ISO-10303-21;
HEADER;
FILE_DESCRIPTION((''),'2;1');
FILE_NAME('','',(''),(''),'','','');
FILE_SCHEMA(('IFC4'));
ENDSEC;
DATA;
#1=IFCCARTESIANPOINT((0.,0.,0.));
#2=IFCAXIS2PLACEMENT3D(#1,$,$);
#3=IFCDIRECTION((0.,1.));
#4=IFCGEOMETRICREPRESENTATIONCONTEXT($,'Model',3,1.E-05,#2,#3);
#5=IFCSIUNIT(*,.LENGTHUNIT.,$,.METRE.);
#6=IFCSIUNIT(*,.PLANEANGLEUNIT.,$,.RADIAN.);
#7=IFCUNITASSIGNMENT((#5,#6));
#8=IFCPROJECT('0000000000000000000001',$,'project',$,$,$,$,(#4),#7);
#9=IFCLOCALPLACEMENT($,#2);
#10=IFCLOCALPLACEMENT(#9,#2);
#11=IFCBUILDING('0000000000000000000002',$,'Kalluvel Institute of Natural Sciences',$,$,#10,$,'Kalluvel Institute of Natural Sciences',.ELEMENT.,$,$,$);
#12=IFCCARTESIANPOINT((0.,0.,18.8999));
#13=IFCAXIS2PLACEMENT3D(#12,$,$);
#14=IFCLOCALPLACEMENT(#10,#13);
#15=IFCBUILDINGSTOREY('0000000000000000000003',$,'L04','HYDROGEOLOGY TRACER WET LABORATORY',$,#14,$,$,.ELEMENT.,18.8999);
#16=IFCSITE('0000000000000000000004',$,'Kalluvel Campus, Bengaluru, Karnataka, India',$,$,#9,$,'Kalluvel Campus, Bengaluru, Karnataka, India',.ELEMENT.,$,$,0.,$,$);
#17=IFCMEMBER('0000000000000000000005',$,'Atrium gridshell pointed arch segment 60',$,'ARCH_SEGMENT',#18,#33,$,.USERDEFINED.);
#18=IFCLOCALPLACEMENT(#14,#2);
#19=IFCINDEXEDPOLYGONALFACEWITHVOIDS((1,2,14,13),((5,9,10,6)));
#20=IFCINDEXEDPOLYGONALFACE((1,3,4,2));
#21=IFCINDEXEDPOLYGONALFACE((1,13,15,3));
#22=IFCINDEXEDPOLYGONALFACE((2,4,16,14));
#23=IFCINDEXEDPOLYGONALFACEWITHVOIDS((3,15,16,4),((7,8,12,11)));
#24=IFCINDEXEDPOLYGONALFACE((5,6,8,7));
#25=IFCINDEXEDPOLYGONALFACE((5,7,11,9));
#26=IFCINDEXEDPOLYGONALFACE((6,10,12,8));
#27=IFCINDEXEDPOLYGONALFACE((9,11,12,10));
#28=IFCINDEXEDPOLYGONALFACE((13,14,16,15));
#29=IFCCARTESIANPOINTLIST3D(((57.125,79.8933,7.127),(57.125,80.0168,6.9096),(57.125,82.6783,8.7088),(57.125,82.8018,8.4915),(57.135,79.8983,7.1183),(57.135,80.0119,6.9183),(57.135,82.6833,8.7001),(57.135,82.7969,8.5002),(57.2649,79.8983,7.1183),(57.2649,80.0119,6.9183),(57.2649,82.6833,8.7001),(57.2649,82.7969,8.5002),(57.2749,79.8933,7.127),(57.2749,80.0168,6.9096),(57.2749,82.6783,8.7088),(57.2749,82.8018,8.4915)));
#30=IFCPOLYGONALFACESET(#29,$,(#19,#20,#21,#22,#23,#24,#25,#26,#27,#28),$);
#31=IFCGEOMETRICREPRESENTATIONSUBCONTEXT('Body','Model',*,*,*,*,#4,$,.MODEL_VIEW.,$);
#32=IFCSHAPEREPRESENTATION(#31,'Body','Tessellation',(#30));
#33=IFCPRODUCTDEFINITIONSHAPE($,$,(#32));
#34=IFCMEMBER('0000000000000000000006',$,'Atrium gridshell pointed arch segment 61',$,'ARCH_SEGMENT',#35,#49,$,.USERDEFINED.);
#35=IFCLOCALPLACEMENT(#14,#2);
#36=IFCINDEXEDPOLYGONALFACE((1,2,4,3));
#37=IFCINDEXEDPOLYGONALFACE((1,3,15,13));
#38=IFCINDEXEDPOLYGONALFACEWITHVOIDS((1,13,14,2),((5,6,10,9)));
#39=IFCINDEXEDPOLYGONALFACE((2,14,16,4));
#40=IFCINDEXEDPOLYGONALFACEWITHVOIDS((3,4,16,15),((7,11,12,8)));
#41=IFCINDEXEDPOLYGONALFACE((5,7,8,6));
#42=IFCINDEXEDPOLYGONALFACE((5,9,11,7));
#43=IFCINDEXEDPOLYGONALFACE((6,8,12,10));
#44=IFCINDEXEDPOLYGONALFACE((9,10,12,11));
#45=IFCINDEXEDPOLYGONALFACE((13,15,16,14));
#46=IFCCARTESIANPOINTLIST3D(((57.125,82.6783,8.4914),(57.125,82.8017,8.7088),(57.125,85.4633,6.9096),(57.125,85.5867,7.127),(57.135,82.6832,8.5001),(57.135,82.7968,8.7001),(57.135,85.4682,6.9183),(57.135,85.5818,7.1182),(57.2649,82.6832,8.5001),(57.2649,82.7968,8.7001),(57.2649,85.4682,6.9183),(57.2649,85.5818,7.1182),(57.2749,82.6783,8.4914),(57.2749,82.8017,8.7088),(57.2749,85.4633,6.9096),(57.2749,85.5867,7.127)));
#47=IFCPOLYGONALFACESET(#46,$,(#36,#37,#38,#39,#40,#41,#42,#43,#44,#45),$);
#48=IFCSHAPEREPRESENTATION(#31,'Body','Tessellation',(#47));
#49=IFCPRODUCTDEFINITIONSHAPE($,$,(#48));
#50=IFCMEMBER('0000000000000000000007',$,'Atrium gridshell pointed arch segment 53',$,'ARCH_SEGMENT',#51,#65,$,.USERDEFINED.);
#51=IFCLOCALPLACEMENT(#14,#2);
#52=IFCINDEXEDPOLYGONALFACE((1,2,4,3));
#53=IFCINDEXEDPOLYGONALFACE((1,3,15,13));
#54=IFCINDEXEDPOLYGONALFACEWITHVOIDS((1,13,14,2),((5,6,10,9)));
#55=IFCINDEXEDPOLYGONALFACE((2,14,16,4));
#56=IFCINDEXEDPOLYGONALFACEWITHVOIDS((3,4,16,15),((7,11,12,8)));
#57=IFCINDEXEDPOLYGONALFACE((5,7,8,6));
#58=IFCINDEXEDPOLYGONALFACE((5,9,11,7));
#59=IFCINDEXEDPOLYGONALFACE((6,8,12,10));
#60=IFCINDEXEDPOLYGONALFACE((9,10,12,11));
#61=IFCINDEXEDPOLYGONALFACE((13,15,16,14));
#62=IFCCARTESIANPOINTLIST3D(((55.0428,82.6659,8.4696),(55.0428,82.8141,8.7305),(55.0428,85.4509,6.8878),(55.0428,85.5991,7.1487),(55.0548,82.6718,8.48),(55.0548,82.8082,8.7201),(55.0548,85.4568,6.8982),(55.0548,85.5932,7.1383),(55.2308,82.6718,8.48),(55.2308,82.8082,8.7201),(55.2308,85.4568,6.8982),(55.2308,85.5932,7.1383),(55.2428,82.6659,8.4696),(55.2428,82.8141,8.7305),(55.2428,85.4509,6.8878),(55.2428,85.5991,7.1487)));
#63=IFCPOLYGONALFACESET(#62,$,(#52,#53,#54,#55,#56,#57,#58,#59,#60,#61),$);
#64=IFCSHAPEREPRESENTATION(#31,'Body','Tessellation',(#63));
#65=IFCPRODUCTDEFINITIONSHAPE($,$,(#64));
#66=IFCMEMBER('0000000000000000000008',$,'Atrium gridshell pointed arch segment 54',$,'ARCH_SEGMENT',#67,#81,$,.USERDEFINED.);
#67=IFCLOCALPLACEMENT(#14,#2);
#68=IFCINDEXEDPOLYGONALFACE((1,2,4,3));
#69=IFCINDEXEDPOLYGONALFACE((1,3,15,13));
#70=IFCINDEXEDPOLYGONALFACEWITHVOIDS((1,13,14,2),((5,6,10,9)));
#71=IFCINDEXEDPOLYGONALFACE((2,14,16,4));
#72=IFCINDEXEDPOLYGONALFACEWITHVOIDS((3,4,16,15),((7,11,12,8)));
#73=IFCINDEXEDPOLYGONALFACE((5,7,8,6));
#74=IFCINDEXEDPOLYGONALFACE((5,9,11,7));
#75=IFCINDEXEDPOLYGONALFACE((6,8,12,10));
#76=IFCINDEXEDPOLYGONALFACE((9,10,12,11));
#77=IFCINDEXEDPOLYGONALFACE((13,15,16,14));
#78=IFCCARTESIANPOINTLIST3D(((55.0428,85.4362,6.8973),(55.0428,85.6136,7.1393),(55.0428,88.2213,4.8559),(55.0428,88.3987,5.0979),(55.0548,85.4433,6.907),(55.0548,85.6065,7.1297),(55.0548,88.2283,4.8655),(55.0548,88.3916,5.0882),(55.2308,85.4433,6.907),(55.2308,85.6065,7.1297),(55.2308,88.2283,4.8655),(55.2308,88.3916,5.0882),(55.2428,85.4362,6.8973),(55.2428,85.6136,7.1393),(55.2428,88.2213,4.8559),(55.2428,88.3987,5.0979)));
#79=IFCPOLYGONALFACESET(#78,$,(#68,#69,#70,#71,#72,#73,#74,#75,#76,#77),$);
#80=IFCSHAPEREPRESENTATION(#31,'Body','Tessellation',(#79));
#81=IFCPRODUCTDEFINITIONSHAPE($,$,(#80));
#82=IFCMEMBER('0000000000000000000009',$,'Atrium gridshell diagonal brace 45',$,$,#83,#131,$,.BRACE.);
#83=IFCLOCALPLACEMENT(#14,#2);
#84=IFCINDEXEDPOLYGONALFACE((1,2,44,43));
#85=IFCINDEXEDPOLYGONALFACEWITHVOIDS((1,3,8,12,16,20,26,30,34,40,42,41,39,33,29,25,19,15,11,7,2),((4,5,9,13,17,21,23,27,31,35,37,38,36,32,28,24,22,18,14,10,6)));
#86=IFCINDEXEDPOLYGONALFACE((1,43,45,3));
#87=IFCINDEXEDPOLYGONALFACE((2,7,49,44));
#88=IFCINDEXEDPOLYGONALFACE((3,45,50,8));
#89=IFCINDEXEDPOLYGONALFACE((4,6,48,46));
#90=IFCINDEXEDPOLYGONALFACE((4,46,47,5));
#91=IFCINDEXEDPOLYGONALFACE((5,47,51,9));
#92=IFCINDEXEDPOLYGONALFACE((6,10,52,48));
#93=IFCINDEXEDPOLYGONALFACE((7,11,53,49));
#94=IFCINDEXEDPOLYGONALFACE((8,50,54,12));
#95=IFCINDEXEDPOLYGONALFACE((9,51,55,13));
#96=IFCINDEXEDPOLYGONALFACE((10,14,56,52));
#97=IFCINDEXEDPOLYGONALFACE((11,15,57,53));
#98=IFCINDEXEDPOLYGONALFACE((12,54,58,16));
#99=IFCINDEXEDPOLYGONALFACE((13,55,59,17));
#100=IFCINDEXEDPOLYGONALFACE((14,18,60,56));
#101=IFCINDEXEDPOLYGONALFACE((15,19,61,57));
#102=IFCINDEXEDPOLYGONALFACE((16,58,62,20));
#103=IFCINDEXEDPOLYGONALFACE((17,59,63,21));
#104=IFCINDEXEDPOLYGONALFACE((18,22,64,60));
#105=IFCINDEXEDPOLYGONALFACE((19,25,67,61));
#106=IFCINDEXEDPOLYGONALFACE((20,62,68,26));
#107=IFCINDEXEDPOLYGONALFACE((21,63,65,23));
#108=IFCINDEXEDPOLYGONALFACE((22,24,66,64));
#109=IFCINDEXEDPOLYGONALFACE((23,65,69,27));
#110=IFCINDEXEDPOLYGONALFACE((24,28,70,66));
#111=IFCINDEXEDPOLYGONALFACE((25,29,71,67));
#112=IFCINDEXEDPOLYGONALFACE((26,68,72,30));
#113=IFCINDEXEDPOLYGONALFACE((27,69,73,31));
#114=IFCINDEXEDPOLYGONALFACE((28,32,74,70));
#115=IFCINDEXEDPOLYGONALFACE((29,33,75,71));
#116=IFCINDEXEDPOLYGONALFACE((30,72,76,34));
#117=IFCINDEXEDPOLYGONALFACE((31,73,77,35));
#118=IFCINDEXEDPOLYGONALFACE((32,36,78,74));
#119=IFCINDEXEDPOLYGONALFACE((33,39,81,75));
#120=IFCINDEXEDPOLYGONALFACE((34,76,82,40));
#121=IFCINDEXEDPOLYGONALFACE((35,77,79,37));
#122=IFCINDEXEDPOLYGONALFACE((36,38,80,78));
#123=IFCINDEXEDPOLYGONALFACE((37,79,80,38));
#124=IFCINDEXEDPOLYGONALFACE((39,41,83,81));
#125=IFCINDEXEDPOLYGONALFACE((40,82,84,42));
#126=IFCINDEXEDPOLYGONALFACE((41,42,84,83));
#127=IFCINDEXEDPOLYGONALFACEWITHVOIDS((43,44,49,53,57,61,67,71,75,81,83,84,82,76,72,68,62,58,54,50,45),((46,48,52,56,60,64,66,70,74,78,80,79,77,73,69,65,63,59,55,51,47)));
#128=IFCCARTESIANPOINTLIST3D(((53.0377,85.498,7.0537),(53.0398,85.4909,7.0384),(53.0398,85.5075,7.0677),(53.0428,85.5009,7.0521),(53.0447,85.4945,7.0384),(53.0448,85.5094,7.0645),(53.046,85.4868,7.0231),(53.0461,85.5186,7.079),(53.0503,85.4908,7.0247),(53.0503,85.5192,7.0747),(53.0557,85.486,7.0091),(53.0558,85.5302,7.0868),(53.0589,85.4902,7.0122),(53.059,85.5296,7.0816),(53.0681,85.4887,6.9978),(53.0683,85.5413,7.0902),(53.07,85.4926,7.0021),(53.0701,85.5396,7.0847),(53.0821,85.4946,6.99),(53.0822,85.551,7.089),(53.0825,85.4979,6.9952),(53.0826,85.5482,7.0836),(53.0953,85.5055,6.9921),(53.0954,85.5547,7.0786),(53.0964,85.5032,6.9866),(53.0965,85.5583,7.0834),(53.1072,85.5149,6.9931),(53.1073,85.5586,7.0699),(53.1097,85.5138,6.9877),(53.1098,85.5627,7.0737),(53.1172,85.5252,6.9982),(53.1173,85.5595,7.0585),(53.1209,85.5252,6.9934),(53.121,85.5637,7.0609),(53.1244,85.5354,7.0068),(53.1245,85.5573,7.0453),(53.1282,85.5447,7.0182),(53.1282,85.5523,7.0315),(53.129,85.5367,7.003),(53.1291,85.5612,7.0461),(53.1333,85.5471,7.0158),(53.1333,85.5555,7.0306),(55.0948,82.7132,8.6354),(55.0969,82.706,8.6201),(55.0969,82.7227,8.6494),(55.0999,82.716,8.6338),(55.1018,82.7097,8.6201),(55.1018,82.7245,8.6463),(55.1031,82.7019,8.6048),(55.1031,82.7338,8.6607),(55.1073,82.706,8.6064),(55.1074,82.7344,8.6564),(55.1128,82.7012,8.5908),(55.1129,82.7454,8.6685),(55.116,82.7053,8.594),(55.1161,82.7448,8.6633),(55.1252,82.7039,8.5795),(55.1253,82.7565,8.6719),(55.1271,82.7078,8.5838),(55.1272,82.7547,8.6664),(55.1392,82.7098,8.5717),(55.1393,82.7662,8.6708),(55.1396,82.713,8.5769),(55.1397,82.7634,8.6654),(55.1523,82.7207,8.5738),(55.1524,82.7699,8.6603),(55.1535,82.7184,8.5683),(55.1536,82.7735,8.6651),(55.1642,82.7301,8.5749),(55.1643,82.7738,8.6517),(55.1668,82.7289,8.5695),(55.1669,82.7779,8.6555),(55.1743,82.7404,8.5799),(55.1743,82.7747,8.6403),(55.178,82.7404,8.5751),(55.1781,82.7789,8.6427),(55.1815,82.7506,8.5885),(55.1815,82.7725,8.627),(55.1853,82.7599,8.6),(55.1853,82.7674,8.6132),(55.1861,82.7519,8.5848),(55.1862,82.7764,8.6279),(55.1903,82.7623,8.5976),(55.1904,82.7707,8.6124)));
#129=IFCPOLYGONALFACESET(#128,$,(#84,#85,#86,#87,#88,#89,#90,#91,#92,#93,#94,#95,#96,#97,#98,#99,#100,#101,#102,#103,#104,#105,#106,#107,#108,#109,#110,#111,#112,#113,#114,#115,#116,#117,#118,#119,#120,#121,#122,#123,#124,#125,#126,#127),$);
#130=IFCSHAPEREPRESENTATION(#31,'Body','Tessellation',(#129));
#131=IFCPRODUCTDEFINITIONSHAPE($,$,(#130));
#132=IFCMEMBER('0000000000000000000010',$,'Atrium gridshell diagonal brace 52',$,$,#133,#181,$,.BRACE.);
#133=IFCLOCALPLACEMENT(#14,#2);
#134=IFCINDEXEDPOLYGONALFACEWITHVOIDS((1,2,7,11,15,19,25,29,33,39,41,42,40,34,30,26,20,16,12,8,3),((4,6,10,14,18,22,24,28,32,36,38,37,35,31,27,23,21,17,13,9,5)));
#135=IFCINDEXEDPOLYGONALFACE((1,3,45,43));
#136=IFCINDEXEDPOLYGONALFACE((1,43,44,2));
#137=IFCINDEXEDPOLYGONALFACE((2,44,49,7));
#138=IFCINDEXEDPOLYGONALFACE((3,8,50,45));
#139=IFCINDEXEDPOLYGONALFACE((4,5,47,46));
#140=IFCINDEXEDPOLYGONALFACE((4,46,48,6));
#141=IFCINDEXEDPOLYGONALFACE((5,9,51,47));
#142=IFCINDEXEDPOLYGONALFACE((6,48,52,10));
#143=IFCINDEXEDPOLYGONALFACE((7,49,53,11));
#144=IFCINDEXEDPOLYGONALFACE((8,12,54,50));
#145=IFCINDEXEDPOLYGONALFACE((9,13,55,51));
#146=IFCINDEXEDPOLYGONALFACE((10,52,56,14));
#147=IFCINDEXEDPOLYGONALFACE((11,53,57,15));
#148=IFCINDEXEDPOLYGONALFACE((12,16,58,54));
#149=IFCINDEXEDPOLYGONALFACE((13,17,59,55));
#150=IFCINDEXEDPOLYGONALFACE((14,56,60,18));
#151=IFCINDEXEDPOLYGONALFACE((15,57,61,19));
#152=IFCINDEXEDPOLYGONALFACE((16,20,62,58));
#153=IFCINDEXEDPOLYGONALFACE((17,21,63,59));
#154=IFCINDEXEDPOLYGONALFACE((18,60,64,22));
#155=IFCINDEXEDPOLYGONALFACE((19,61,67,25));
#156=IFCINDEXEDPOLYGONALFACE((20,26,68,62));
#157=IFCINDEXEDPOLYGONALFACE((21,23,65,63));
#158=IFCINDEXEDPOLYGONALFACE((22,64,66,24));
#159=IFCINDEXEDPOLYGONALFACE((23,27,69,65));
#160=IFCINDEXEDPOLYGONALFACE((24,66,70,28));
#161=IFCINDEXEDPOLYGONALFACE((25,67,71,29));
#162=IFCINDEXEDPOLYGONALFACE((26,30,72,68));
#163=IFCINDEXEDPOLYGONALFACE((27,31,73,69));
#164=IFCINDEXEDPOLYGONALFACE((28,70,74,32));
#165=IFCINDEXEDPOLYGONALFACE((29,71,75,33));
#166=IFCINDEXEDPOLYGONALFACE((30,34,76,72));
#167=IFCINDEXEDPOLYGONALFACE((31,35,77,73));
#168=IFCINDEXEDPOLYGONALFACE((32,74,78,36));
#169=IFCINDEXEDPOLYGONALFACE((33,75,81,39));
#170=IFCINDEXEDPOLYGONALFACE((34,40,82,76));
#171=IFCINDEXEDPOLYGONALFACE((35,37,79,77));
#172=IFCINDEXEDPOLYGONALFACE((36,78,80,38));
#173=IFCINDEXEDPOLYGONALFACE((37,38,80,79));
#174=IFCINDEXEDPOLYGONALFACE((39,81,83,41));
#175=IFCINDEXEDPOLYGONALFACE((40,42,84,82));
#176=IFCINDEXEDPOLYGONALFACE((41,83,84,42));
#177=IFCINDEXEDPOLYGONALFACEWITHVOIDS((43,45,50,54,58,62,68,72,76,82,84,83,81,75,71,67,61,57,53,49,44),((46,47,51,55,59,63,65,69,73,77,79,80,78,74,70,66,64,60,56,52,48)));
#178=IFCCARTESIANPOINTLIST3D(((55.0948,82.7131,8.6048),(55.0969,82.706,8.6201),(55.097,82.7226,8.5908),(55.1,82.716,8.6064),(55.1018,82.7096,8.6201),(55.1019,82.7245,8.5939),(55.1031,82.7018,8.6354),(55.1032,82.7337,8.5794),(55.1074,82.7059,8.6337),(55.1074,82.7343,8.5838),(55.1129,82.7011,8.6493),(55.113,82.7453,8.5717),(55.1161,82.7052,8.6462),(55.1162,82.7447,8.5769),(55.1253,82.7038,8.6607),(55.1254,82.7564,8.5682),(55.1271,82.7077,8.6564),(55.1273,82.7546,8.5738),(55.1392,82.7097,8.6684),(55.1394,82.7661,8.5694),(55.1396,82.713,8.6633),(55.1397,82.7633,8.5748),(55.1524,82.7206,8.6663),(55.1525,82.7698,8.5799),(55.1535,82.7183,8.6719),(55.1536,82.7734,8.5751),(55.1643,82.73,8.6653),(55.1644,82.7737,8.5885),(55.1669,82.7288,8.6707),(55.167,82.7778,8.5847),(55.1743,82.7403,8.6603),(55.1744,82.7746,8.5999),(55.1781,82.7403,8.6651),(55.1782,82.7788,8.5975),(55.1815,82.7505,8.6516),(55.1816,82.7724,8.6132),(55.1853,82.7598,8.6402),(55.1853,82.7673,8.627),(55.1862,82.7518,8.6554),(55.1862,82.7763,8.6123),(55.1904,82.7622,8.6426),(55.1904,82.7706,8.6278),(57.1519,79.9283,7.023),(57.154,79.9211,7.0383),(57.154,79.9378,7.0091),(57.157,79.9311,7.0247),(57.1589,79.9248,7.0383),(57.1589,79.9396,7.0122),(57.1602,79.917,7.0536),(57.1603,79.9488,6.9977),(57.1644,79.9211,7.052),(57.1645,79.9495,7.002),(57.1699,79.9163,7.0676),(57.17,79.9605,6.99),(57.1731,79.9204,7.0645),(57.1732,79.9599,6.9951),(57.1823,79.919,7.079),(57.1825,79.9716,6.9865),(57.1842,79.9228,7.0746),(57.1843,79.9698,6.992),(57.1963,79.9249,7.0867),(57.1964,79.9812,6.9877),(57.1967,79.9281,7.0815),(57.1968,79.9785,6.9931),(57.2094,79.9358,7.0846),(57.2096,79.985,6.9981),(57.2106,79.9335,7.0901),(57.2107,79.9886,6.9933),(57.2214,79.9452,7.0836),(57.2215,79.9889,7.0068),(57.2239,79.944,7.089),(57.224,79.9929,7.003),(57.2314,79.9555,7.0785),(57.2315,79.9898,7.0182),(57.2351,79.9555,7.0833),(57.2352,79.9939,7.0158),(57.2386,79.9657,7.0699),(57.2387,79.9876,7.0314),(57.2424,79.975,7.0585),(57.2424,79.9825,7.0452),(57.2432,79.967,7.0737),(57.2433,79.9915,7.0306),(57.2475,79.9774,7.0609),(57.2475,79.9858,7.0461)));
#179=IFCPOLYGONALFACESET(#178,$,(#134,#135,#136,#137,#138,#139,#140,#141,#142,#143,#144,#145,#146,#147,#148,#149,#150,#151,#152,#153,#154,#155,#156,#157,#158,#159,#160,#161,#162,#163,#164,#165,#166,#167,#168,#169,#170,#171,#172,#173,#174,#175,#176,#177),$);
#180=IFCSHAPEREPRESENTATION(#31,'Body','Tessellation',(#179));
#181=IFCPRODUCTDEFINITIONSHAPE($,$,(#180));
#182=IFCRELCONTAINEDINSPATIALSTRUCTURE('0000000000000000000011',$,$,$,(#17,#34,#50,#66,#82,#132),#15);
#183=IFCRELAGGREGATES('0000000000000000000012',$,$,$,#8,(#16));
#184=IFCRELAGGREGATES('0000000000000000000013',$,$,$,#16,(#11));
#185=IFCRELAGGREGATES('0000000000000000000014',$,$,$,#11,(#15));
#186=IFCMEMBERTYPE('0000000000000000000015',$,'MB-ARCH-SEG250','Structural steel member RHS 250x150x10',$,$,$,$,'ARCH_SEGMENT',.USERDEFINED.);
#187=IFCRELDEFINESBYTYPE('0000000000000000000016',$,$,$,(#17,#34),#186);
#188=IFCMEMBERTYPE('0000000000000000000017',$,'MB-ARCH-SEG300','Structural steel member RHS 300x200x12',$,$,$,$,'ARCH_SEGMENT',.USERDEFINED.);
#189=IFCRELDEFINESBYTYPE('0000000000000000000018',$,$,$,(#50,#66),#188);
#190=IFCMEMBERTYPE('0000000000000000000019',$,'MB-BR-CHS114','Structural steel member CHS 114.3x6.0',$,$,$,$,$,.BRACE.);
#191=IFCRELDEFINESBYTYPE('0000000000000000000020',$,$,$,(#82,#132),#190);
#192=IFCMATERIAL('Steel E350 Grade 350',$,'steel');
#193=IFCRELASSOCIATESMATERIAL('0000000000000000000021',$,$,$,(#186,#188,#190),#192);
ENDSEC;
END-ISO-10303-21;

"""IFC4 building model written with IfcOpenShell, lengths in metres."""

from ifc_helpers import new_model, si_unit, direction, frame, origin, origin_2d, place, context, subcontext, project, spatial, hollow_rectangle, hollow_circle, extrude, material, material_profile, profile_set, type_object, element, save


model = new_model("IFC4")

# Units and contexts
model_context = context("Model", 3, precision=1e-05, world=origin(), true_north=direction((0.0, 1.0)))
body_context = subcontext(model_context, "Body", "Model", "MODEL_VIEW")
ifc_project = project(units=[si_unit("LENGTHUNIT", "METRE"), si_unit("PLANEANGLEUNIT", "RADIAN")], contexts=[model_context])

# Site, building, storey
site_placement = place(None, origin())
site = spatial("IfcSite", under=ifc_project, at=site_placement, Name="Kalluvel Campus, Bengaluru, Karnataka, India", LongName="Kalluvel Campus, Bengaluru, Karnataka, India", CompositionType="ELEMENT", RefElevation=0.0)
building_placement = place(site_placement, origin())
building = spatial("IfcBuilding", under=site, at=building_placement, Name="Kalluvel Institute of Natural Sciences", LongName="Kalluvel Institute of Natural Sciences", CompositionType="ELEMENT")
storey_placement = place(building_placement, frame((0.0, 0.0, 18.8999)))
storey = spatial("IfcBuildingStorey", under=building, at=storey_placement, Name="L04", Description="HYDROGEOLOGY TRACER WET LABORATORY", CompositionType="ELEMENT", Elevation=18.8999)

# Members
ifc_material_1 = material(Name="Steel E350 Grade 350", Category="steel")
ifc_material_profile_1 = material_profile(ifc_material_1, hollow_rectangle(XDim=0.1499, YDim=0.25, WallThickness=0.01, at=origin_2d()), Name="RHS 250x150x10")
ifc_profile_set_1 = profile_set([ifc_material_profile_1], Name="Steel E350 Grade 350")
member_type_1 = type_object("IfcMemberType", Name="MB-ARCH-SEG250", Description="Structural steel member RHS 250x150x10", ElementType="ARCH_SEGMENT", PredefinedType="USERDEFINED", material=ifc_profile_set_1)
for number, where, z_axis, x_axis, name in (
    (1, (57.2, 79.9551, 7.0183), (0.0, 0.86953, 0.49388), (-1.0, 0.0, 0.0), "Atrium gridshell pointed arch segment 60"),
    (2, (57.2, 82.74, 8.6001), (0.0, 0.86953, -0.49388), (-1.0, 0.0, 0.0), "Atrium gridshell pointed arch segment 61"),
):
    element("IfcMember", number, at=place(storey_placement, frame(where, z_axis=z_axis, x_axis=x_axis)), inside=storey, type_object=member_type_1, Name=name, ObjectType="ARCH_SEGMENT", PredefinedType="USERDEFINED", context=body_context, shape_type="SweptSolid", body=[
        extrude(hollow_rectangle(XDim=0.1499, YDim=0.25, WallThickness=0.01, at=origin_2d()), origin(), (0.0, 0.0, 1.0), 3.2029),
    ])
ifc_material_profile_2 = material_profile(ifc_material_1, hollow_rectangle(XDim=0.2, YDim=0.3, WallThickness=0.012, at=origin_2d()), Name="RHS 300x200x12")
ifc_profile_set_2 = profile_set([ifc_material_profile_2], Name="Steel E350 Grade 350")
member_type_2 = type_object("IfcMemberType", Name="MB-ARCH-SEG300", Description="Structural steel member RHS 300x200x12", ElementType="ARCH_SEGMENT", PredefinedType="USERDEFINED", material=ifc_profile_set_2)
member_1_placement = place(storey_placement, frame((55.1428, 82.74, 8.6001), z_axis=(0.0, 0.86953, -0.49388), x_axis=(-1.0, 0.0, 0.0)))
element("IfcMember", 3, at=member_1_placement, inside=storey, type_object=member_type_2, Name="Atrium gridshell pointed arch segment 53", ObjectType="ARCH_SEGMENT", PredefinedType="USERDEFINED", context=body_context, shape_type="SweptSolid", body=[
    extrude(hollow_rectangle(XDim=0.2, YDim=0.3, WallThickness=0.012, at=origin_2d()), origin(), (0.0, 0.0, 1.0), 3.2029),
])
member_2_placement = place(storey_placement, frame((55.1428, 85.5249, 7.0183), z_axis=(0.0, 0.806535, -0.591186), x_axis=(-1.0, 0.0, 0.0)))
element("IfcMember", 4, at=member_2_placement, inside=storey, type_object=member_type_2, Name="Atrium gridshell pointed arch segment 54", ObjectType="ARCH_SEGMENT", PredefinedType="USERDEFINED", context=body_context, shape_type="SweptSolid", body=[
    extrude(hollow_rectangle(XDim=0.2, YDim=0.3, WallThickness=0.012, at=origin_2d()), origin(), (0.0, 0.0, 1.0), 3.4531),
])
ifc_material_profile_3 = material_profile(ifc_material_1, hollow_circle(Radius=0.0571, WallThickness=0.0061, at=origin_2d()), Name="CHS 114.3x6.0")
ifc_profile_set_3 = profile_set([ifc_material_profile_3], Name="Steel E350 Grade 350")
member_type_3 = type_object("IfcMemberType", Name="MB-BR-CHS114", Description="Structural steel member CHS 114.3x6.0", PredefinedType="BRACE", material=ifc_profile_set_3)
for number, where, z_axis, x_axis, name in (
    (5, (55.1428, 82.74, 8.6201), (-0.540423, 0.731617, -0.415547), (-0.804353, -0.594151, 0.0), "Atrium gridshell diagonal brace 45"),
    (6, (57.2, 79.9551, 7.0383), (-0.540423, 0.731617, 0.415547), (-0.804353, -0.594151, 0.0), "Atrium gridshell diagonal brace 52"),
):
    element("IfcMember", number, at=place(storey_placement, frame(where, z_axis=z_axis, x_axis=x_axis)), inside=storey, type_object=member_type_3, Name=name, PredefinedType="BRACE", context=body_context, shape_type="SweptSolid", body=[
        extrude(hollow_circle(Radius=0.0571, WallThickness=0.0061, at=origin_2d()), origin(), (0.0, 0.0, 1.0), 3.8064),
    ])

save(model, "model.ifc")
